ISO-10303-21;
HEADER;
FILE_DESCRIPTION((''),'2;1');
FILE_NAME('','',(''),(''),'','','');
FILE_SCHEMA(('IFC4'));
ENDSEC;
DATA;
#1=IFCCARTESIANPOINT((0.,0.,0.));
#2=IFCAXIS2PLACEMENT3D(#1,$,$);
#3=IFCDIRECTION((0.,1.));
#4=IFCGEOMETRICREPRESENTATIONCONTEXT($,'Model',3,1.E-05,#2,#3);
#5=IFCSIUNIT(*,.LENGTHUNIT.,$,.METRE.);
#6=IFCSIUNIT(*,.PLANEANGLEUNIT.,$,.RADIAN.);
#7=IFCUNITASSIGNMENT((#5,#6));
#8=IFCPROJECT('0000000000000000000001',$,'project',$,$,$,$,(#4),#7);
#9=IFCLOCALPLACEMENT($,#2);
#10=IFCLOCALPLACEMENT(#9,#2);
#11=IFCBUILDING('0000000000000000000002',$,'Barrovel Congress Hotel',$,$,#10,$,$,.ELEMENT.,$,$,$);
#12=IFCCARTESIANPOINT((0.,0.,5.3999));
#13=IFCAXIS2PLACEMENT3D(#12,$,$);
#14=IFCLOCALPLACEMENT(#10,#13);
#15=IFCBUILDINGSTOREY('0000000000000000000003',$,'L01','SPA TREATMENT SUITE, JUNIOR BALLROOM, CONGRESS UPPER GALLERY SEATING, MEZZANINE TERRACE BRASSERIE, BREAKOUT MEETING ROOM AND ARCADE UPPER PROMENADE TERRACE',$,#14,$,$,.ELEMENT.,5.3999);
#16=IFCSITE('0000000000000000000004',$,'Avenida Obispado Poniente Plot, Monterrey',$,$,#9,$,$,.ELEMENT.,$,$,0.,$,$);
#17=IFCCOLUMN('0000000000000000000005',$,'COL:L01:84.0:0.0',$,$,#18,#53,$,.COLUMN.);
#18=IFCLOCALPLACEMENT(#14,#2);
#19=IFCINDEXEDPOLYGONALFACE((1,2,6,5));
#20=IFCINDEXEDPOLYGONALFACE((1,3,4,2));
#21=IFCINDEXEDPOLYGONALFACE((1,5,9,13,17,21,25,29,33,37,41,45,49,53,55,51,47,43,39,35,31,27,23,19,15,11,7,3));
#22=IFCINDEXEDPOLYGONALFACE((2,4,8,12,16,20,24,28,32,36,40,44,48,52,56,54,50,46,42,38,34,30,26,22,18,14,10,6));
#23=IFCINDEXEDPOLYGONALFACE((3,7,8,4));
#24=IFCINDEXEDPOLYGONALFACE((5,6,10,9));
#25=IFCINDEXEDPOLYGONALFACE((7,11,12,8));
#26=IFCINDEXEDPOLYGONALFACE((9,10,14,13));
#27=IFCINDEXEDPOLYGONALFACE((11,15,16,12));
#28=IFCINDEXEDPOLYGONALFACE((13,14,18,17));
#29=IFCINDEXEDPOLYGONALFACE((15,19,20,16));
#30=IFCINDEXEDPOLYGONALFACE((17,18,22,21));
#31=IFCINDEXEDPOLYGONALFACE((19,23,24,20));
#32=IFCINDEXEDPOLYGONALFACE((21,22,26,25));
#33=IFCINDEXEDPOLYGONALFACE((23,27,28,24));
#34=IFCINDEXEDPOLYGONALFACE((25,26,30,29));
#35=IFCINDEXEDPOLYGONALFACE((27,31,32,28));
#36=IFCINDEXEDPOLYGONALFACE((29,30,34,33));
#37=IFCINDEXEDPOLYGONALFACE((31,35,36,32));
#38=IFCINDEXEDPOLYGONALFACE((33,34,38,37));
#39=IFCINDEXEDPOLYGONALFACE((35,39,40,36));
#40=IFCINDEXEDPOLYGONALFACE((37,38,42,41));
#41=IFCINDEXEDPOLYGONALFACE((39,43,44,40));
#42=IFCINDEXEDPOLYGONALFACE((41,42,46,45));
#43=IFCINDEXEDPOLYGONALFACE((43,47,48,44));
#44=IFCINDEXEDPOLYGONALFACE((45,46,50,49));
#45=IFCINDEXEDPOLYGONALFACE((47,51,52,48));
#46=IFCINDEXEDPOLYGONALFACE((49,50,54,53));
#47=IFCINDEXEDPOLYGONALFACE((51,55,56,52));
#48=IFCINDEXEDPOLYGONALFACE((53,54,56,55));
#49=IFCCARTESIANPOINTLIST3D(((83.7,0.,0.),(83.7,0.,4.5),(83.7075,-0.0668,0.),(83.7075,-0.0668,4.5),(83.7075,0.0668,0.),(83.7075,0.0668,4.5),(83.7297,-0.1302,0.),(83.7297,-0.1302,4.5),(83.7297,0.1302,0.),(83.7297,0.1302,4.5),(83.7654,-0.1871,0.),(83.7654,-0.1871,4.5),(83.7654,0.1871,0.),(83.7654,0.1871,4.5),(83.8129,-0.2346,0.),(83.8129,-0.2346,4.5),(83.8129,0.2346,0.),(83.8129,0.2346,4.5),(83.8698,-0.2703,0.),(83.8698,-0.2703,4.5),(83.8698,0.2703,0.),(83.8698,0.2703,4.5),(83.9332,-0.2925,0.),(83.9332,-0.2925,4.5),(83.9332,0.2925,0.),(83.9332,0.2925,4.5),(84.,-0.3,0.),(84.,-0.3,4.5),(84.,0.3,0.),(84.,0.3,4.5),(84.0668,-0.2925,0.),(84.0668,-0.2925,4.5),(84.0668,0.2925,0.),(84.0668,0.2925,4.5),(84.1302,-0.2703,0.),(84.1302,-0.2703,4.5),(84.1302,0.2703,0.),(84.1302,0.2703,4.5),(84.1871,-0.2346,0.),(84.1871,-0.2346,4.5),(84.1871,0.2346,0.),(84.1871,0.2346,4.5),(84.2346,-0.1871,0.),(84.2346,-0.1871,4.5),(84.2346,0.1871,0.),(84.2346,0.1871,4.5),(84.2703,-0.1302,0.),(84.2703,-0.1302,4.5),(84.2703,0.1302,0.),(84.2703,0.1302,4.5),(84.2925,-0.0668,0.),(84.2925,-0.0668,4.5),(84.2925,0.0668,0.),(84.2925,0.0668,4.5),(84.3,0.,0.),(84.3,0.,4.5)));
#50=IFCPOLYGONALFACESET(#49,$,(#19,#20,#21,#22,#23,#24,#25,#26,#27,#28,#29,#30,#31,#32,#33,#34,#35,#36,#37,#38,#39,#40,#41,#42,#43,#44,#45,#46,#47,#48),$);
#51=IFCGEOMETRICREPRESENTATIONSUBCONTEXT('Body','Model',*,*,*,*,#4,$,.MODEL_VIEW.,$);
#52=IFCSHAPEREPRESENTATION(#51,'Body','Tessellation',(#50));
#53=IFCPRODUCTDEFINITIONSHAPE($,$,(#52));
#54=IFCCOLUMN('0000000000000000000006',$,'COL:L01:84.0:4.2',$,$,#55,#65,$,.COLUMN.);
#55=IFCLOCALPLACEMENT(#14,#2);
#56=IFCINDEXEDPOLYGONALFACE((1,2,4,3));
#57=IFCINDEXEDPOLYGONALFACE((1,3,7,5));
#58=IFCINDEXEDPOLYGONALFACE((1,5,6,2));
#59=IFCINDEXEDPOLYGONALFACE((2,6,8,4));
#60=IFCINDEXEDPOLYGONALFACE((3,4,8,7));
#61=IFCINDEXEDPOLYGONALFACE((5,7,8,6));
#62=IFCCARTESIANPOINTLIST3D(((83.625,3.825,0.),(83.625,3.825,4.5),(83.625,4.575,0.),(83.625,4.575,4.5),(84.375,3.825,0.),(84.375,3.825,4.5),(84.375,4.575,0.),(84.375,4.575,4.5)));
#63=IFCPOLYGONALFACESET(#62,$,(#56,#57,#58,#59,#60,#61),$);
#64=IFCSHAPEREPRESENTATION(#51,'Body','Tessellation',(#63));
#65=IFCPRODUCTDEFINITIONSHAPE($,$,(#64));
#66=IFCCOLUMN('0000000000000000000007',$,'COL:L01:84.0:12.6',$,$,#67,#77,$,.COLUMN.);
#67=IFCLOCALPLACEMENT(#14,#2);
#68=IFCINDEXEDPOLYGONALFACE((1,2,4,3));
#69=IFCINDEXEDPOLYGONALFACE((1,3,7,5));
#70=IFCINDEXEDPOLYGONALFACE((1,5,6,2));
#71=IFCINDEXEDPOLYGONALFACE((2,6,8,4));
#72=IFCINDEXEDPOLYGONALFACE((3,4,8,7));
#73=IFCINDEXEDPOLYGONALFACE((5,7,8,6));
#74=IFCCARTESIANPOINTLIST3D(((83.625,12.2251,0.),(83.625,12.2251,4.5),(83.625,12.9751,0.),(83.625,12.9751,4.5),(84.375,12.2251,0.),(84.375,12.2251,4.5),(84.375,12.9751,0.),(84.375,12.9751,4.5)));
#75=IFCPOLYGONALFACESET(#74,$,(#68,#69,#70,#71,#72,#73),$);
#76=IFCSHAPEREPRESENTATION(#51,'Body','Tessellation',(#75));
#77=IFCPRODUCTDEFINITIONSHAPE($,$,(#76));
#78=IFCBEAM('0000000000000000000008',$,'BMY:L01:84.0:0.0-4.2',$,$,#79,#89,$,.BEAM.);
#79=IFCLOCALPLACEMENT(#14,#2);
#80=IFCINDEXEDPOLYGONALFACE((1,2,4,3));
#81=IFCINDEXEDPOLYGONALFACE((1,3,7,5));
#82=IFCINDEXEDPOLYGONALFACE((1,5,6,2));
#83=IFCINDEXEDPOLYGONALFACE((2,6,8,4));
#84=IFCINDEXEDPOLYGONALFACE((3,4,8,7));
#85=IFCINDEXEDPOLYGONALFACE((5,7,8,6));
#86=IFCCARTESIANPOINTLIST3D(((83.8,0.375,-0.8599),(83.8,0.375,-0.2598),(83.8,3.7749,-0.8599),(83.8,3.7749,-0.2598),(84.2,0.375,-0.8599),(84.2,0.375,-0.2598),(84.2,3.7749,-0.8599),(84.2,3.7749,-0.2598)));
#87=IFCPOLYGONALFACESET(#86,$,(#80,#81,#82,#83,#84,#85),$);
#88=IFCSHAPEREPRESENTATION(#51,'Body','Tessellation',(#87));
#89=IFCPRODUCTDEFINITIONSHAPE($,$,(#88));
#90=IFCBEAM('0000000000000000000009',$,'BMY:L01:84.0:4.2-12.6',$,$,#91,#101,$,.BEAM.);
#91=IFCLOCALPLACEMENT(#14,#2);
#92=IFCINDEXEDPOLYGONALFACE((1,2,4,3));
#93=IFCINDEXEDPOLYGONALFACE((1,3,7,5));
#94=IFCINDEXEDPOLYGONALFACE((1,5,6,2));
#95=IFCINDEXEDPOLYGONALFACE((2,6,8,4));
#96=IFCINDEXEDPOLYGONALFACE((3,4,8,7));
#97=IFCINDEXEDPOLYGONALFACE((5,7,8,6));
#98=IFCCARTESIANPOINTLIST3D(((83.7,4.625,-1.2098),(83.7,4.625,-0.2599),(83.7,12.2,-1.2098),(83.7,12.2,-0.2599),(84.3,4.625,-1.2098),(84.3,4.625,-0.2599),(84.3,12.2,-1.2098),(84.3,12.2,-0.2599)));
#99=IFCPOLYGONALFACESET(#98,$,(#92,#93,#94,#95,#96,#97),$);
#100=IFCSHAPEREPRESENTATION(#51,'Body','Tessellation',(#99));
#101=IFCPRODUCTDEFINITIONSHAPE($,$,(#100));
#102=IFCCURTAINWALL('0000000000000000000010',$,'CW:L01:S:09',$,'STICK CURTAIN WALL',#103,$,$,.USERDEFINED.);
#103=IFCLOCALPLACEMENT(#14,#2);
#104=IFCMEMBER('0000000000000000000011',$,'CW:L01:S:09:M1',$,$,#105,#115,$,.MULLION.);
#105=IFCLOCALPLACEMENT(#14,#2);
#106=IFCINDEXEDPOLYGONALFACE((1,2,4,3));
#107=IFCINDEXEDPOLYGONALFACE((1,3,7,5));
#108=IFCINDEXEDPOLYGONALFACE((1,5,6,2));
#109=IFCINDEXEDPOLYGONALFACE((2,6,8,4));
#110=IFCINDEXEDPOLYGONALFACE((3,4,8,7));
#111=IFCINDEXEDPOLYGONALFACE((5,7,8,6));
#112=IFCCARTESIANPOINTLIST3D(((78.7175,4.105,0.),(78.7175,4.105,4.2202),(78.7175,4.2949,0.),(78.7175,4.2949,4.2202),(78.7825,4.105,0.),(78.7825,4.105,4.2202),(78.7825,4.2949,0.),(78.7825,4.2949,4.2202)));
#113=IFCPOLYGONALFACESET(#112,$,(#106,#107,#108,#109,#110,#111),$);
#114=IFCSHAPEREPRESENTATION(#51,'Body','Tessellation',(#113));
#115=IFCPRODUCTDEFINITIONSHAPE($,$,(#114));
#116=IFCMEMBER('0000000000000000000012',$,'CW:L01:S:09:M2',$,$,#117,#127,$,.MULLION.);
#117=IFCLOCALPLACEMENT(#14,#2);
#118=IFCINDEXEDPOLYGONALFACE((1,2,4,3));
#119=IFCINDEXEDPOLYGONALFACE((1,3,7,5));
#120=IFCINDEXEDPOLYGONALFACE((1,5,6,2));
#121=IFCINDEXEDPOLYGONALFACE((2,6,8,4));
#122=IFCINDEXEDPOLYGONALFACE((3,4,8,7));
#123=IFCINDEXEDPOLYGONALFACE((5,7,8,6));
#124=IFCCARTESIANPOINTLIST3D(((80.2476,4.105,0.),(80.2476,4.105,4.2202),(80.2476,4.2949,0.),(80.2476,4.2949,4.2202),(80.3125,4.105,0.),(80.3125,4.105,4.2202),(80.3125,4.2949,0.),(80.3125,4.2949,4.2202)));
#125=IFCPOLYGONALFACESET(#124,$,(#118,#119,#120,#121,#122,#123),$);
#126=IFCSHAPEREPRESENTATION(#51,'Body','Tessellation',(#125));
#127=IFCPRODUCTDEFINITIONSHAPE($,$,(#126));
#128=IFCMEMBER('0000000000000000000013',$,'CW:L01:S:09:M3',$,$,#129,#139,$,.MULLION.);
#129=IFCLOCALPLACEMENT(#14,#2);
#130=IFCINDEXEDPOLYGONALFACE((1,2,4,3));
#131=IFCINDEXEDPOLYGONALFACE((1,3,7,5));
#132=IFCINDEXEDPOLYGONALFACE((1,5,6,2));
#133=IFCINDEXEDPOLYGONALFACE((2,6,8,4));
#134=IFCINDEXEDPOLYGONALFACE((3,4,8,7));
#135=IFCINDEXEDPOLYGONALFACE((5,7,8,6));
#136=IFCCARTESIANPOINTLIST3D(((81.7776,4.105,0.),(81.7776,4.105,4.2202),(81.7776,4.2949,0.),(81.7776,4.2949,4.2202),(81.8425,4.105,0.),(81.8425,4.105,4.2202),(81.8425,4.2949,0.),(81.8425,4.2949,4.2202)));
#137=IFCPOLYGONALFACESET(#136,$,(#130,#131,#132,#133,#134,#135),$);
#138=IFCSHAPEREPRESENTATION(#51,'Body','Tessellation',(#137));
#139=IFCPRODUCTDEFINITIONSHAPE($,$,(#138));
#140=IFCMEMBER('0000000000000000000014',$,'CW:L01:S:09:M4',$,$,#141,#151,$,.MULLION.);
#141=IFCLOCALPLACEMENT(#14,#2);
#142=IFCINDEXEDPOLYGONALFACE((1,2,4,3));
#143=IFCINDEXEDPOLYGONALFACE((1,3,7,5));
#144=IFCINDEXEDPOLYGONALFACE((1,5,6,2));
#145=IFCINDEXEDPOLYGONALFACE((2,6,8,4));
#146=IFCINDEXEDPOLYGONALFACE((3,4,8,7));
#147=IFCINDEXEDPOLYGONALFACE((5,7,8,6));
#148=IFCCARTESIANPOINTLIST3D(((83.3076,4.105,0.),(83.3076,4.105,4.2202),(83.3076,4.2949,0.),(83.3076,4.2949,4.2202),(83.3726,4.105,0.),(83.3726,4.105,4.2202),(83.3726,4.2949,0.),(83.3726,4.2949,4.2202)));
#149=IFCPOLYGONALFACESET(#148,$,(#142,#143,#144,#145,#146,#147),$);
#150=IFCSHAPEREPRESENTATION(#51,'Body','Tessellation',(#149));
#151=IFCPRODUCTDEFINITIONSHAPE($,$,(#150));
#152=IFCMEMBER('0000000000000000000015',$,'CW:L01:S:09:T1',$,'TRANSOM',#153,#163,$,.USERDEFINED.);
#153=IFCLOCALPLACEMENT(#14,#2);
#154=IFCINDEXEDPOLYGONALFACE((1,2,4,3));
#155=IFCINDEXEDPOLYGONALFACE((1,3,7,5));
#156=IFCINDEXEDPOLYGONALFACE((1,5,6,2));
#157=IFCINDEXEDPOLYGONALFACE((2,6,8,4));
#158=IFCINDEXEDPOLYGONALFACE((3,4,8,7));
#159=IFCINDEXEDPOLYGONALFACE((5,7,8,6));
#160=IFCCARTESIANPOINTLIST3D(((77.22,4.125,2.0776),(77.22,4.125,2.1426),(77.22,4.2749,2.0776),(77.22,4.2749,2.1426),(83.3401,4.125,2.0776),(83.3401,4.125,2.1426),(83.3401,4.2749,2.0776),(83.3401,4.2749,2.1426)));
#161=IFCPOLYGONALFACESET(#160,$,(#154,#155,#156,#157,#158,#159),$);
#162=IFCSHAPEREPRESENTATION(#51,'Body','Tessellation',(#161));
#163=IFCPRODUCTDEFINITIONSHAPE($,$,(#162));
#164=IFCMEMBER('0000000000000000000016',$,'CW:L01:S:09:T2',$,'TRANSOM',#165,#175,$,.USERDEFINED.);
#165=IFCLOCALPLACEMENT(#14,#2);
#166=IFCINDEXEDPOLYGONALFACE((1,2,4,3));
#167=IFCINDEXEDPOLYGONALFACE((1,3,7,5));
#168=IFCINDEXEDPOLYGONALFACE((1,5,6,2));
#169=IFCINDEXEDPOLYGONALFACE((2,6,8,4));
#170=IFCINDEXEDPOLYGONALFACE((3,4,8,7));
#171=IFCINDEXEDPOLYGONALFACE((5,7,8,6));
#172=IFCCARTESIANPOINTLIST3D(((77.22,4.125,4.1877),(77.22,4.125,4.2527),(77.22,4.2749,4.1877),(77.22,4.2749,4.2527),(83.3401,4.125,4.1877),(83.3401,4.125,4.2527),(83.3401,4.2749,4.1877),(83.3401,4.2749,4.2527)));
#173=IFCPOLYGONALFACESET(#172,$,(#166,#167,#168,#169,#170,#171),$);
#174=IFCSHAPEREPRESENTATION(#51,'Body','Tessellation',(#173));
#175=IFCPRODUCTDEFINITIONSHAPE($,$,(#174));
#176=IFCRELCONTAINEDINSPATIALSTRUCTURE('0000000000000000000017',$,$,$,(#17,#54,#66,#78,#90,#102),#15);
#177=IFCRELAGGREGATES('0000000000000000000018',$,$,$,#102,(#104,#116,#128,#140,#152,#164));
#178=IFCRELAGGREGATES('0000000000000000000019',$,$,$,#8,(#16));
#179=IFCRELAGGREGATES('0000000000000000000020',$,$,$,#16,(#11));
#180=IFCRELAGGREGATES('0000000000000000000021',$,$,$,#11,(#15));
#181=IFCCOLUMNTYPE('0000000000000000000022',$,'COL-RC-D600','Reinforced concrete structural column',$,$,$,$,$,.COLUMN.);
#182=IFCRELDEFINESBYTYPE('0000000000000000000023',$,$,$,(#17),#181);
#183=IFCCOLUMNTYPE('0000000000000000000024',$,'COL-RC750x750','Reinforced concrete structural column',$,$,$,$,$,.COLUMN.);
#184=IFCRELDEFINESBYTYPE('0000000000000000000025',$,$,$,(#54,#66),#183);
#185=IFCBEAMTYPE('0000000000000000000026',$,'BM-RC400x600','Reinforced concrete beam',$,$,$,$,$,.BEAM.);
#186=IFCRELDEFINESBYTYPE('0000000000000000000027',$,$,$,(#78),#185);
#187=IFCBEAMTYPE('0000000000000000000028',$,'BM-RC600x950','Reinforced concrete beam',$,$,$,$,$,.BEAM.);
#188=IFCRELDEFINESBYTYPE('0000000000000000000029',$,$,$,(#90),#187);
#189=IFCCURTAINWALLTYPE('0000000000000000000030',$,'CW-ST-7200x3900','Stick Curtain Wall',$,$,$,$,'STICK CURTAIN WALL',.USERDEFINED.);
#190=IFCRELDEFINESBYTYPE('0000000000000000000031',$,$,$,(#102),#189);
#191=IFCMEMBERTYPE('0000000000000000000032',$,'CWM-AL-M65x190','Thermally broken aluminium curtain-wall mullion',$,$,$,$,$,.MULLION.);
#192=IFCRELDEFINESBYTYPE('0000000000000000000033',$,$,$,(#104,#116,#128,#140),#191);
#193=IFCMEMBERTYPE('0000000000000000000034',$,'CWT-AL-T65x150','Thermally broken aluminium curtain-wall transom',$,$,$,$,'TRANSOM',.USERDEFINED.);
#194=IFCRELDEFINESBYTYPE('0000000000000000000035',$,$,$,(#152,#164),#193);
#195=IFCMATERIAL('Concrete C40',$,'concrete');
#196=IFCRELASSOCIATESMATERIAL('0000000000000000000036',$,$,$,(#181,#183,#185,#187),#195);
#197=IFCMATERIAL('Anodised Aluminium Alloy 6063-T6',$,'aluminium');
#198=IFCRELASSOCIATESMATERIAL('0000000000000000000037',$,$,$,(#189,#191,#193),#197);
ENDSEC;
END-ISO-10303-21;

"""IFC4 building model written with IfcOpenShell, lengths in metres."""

from ifc_helpers import new_model, si_unit, direction, frame, origin, origin_2d, place, context, subcontext, project, spatial, rectangle, circle, extrude, material, material_profile, profile_set, type_object, element, aggregate, save


model = new_model("IFC4")

# Units and contexts
model_context = context("Model", 3, precision=1e-05, world=origin(), true_north=direction((0.0, 1.0)))
body_context = subcontext(model_context, "Body", "Model", "MODEL_VIEW")
ifc_project = project(units=[si_unit("LENGTHUNIT", "METRE"), si_unit("PLANEANGLEUNIT", "RADIAN")], contexts=[model_context])

# Site, building, storey
site_placement = place(None, origin())
site = spatial("IfcSite", under=ifc_project, at=site_placement, Name="Avenida Obispado Poniente Plot, Monterrey", CompositionType="ELEMENT", RefElevation=0.0)
building_placement = place(site_placement, origin())
building = spatial("IfcBuilding", under=site, at=building_placement, Name="Barrovel Congress Hotel", CompositionType="ELEMENT")
storey_placement = place(building_placement, frame((0.0, 0.0, 5.3999)))
storey = spatial("IfcBuildingStorey", under=building, at=storey_placement, Name="L01", Description="SPA TREATMENT SUITE, JUNIOR BALLROOM, CONGRESS UPPER GALLERY SEATING, MEZZANINE TERRACE BRASSERIE, BREAKOUT MEETING ROOM AND ARCADE UPPER PROMENADE TERRACE", CompositionType="ELEMENT", Elevation=5.3999)

# Columns
ifc_material_1 = material(Name="Concrete C40", Category="concrete")
ifc_material_profile_1 = material_profile(ifc_material_1, circle(Radius=0.3, at=origin_2d()), Name="RC-D600")
ifc_profile_set_1 = profile_set([ifc_material_profile_1], Name="Concrete C40")
column_type_1 = type_object("IfcColumnType", Name="COL-RC-D600", Description="Reinforced concrete structural column", PredefinedType="COLUMN", material=ifc_profile_set_1)
column_placement = place(storey_placement, frame((84.0, 0.0, 0.0), z_axis=(0.0, 0.0, 1.0), x_axis=(1.0, 0.0, 0.0)))
element("IfcColumn", 1, at=column_placement, inside=storey, type_object=column_type_1, Name="COL:L01:84.0:0.0", PredefinedType="COLUMN", context=body_context, shape_type="SweptSolid", body=[
    extrude(circle(Radius=0.3, at=origin_2d()), origin(), (0.0, 0.0, 1.0), 4.5),
])
ifc_material_profile_2 = material_profile(ifc_material_1, rectangle(XDim=0.75, YDim=0.75, at=origin_2d()), Name="RC750x750")
ifc_profile_set_2 = profile_set([ifc_material_profile_2], Name="Concrete C40")
column_type_2 = type_object("IfcColumnType", Name="COL-RC750x750", Description="Reinforced concrete structural column", PredefinedType="COLUMN", material=ifc_profile_set_2)
for number, where, z_axis, x_axis, name in (
    (2, (84.0, 4.2, 0.0), (0.0, 0.0, 1.0), (1.0, 0.0, 0.0), "COL:L01:84.0:4.2"),
    (3, (84.0, 12.6001, 0.0), (0.0, 0.0, 1.0), (1.0, 0.0, 0.0), "COL:L01:84.0:12.6"),
):
    element("IfcColumn", number, at=place(storey_placement, frame(where, z_axis=z_axis, x_axis=x_axis)), inside=storey, type_object=column_type_2, Name=name, PredefinedType="COLUMN", context=body_context, shape_type="SweptSolid", body=[
        extrude(rectangle(XDim=0.75, YDim=0.75, at=origin_2d()), origin(), (0.0, 0.0, 1.0), 4.5),
    ])

# Beams
ifc_material_profile_3 = material_profile(ifc_material_1, rectangle(XDim=0.3999, YDim=0.6001, at=origin_2d()), Name="RC400x600")
ifc_profile_set_3 = profile_set([ifc_material_profile_3], Name="Concrete C40")
beam_type_1 = type_object("IfcBeamType", Name="BM-RC400x600", Description="Reinforced concrete beam", PredefinedType="BEAM", material=ifc_profile_set_3)
beam_1_placement = place(storey_placement, frame((84.0, 0.375, -0.5598), z_axis=(0.0, 1.0, 0.0), x_axis=(-1.0, 0.0, 0.0)))
element("IfcBeam", 4, at=beam_1_placement, inside=storey, type_object=beam_type_1, Name="BMY:L01:84.0:0.0-4.2", PredefinedType="BEAM", context=body_context, shape_type="SweptSolid", body=[
    extrude(rectangle(XDim=0.3999, YDim=0.6001, at=origin_2d()), origin(), (0.0, 0.0, 1.0), 3.3999),
])
ifc_material_profile_4 = material_profile(ifc_material_1, rectangle(XDim=0.6001, YDim=0.95, at=origin_2d()), Name="RC600x950")
ifc_profile_set_4 = profile_set([ifc_material_profile_4], Name="Concrete C40")
beam_type_2 = type_object("IfcBeamType", Name="BM-RC600x950", Description="Reinforced concrete beam", PredefinedType="BEAM", material=ifc_profile_set_4)
beam_2_placement = place(storey_placement, frame((84.0, 4.625, -0.7349), z_axis=(0.0, 1.0, 0.0), x_axis=(-1.0, 0.0, 0.0)))
element("IfcBeam", 5, at=beam_2_placement, inside=storey, type_object=beam_type_2, Name="BMY:L01:84.0:4.2-12.6", PredefinedType="BEAM", context=body_context, shape_type="SweptSolid", body=[
    extrude(rectangle(XDim=0.6001, YDim=0.95, at=origin_2d()), origin(), (0.0, 0.0, 1.0), 7.575),
])

# Curtain wall, members
ifc_material_2 = material(Name="Anodised Aluminium Alloy 6063-T6", Category="aluminium")
curtain_wall_type = type_object("IfcCurtainWallType", Name="CW-ST-7200x3900", Description="Stick Curtain Wall", ElementType="STICK CURTAIN WALL", PredefinedType="USERDEFINED", material=ifc_material_2)
curtain_wall_placement = place(storey_placement, origin())
curtain_wall = element("IfcCurtainWall", 6, at=curtain_wall_placement, inside=storey, type_object=curtain_wall_type, Name="CW:L01:S:09", ObjectType="STICK CURTAIN WALL", PredefinedType="USERDEFINED")
ifc_material_profile_5 = material_profile(ifc_material_2, rectangle(XDim=0.0649, YDim=0.1899, at=origin_2d()), Name="AL-M65x190")
ifc_profile_set_5 = profile_set([ifc_material_profile_5], Name="Anodised Aluminium Alloy 6063-T6")
member_type_1 = type_object("IfcMemberType", Name="CWM-AL-M65x190", Description="Thermally broken aluminium curtain-wall mullion", PredefinedType="MULLION", material=ifc_profile_set_5)
member_1_placement = place(storey_placement, frame((78.75, 4.2, 0.0), z_axis=(0.0, 0.0, 1.0), x_axis=(1.0, 0.0, 0.0)))
member_1 = element("IfcMember", 7, at=member_1_placement, type_object=member_type_1, Name="CW:L01:S:09:M1", PredefinedType="MULLION", context=body_context, shape_type="SweptSolid", body=[
    extrude(rectangle(XDim=0.0649, YDim=0.1899, at=origin_2d()), origin(), (0.0, 0.0, 1.0), 4.2202),
])
member_2_placement = place(storey_placement, frame((80.28, 4.2, 0.0), z_axis=(0.0, 0.0, 1.0), x_axis=(1.0, 0.0, 0.0)))
member_2 = element("IfcMember", 8, at=member_2_placement, type_object=member_type_1, Name="CW:L01:S:09:M2", PredefinedType="MULLION", context=body_context, shape_type="SweptSolid", body=[
    extrude(rectangle(XDim=0.0649, YDim=0.1899, at=origin_2d()), origin(), (0.0, 0.0, 1.0), 4.2202),
])
member_3_placement = place(storey_placement, frame((81.8101, 4.2, 0.0), z_axis=(0.0, 0.0, 1.0), x_axis=(1.0, 0.0, 0.0)))
member_3 = element("IfcMember", 9, at=member_3_placement, type_object=member_type_1, Name="CW:L01:S:09:M3", PredefinedType="MULLION", context=body_context, shape_type="SweptSolid", body=[
    extrude(rectangle(XDim=0.0649, YDim=0.1899, at=origin_2d()), origin(), (0.0, 0.0, 1.0), 4.2202),
])
member_4_placement = place(storey_placement, frame((83.3401, 4.2, 0.0), z_axis=(0.0, 0.0, 1.0), x_axis=(1.0, 0.0, 0.0)))
member_4 = element("IfcMember", 10, at=member_4_placement, type_object=member_type_1, Name="CW:L01:S:09:M4", PredefinedType="MULLION", context=body_context, shape_type="SweptSolid", body=[
    extrude(rectangle(XDim=0.0649, YDim=0.1899, at=origin_2d()), origin(), (0.0, 0.0, 1.0), 4.2202),
])
ifc_material_profile_6 = material_profile(ifc_material_2, rectangle(XDim=0.1499, YDim=0.0649, at=origin_2d()), Name="AL-T65x150")
ifc_profile_set_6 = profile_set([ifc_material_profile_6], Name="Anodised Aluminium Alloy 6063-T6")
member_type_2 = type_object("IfcMemberType", Name="CWT-AL-T65x150", Description="Thermally broken aluminium curtain-wall transom", ElementType="TRANSOM", PredefinedType="USERDEFINED", material=ifc_profile_set_6)
member_5_placement = place(storey_placement, frame((77.22, 4.2, 2.1101), z_axis=(1.0, 0.0, 0.0), x_axis=(0.0, 1.0, 0.0)))
member_5 = element("IfcMember", 11, at=member_5_placement, type_object=member_type_2, Name="CW:L01:S:09:T1", ObjectType="TRANSOM", PredefinedType="USERDEFINED", context=body_context, shape_type="SweptSolid", body=[
    extrude(rectangle(XDim=0.1499, YDim=0.0649, at=origin_2d()), origin(), (0.0, 0.0, 1.0), 6.1201),
])
member_6_placement = place(storey_placement, frame((77.22, 4.2, 4.2202), z_axis=(1.0, 0.0, 0.0), x_axis=(0.0, 1.0, 0.0)))
member_6 = element("IfcMember", 12, at=member_6_placement, type_object=member_type_2, Name="CW:L01:S:09:T2", ObjectType="TRANSOM", PredefinedType="USERDEFINED", context=body_context, shape_type="SweptSolid", body=[
    extrude(rectangle(XDim=0.1499, YDim=0.0649, at=origin_2d()), origin(), (0.0, 0.0, 1.0), 6.1201),
])

aggregate(curtain_wall, [member_1, member_2, member_3, member_4, member_5, member_6])

save(model, "model.ifc")
